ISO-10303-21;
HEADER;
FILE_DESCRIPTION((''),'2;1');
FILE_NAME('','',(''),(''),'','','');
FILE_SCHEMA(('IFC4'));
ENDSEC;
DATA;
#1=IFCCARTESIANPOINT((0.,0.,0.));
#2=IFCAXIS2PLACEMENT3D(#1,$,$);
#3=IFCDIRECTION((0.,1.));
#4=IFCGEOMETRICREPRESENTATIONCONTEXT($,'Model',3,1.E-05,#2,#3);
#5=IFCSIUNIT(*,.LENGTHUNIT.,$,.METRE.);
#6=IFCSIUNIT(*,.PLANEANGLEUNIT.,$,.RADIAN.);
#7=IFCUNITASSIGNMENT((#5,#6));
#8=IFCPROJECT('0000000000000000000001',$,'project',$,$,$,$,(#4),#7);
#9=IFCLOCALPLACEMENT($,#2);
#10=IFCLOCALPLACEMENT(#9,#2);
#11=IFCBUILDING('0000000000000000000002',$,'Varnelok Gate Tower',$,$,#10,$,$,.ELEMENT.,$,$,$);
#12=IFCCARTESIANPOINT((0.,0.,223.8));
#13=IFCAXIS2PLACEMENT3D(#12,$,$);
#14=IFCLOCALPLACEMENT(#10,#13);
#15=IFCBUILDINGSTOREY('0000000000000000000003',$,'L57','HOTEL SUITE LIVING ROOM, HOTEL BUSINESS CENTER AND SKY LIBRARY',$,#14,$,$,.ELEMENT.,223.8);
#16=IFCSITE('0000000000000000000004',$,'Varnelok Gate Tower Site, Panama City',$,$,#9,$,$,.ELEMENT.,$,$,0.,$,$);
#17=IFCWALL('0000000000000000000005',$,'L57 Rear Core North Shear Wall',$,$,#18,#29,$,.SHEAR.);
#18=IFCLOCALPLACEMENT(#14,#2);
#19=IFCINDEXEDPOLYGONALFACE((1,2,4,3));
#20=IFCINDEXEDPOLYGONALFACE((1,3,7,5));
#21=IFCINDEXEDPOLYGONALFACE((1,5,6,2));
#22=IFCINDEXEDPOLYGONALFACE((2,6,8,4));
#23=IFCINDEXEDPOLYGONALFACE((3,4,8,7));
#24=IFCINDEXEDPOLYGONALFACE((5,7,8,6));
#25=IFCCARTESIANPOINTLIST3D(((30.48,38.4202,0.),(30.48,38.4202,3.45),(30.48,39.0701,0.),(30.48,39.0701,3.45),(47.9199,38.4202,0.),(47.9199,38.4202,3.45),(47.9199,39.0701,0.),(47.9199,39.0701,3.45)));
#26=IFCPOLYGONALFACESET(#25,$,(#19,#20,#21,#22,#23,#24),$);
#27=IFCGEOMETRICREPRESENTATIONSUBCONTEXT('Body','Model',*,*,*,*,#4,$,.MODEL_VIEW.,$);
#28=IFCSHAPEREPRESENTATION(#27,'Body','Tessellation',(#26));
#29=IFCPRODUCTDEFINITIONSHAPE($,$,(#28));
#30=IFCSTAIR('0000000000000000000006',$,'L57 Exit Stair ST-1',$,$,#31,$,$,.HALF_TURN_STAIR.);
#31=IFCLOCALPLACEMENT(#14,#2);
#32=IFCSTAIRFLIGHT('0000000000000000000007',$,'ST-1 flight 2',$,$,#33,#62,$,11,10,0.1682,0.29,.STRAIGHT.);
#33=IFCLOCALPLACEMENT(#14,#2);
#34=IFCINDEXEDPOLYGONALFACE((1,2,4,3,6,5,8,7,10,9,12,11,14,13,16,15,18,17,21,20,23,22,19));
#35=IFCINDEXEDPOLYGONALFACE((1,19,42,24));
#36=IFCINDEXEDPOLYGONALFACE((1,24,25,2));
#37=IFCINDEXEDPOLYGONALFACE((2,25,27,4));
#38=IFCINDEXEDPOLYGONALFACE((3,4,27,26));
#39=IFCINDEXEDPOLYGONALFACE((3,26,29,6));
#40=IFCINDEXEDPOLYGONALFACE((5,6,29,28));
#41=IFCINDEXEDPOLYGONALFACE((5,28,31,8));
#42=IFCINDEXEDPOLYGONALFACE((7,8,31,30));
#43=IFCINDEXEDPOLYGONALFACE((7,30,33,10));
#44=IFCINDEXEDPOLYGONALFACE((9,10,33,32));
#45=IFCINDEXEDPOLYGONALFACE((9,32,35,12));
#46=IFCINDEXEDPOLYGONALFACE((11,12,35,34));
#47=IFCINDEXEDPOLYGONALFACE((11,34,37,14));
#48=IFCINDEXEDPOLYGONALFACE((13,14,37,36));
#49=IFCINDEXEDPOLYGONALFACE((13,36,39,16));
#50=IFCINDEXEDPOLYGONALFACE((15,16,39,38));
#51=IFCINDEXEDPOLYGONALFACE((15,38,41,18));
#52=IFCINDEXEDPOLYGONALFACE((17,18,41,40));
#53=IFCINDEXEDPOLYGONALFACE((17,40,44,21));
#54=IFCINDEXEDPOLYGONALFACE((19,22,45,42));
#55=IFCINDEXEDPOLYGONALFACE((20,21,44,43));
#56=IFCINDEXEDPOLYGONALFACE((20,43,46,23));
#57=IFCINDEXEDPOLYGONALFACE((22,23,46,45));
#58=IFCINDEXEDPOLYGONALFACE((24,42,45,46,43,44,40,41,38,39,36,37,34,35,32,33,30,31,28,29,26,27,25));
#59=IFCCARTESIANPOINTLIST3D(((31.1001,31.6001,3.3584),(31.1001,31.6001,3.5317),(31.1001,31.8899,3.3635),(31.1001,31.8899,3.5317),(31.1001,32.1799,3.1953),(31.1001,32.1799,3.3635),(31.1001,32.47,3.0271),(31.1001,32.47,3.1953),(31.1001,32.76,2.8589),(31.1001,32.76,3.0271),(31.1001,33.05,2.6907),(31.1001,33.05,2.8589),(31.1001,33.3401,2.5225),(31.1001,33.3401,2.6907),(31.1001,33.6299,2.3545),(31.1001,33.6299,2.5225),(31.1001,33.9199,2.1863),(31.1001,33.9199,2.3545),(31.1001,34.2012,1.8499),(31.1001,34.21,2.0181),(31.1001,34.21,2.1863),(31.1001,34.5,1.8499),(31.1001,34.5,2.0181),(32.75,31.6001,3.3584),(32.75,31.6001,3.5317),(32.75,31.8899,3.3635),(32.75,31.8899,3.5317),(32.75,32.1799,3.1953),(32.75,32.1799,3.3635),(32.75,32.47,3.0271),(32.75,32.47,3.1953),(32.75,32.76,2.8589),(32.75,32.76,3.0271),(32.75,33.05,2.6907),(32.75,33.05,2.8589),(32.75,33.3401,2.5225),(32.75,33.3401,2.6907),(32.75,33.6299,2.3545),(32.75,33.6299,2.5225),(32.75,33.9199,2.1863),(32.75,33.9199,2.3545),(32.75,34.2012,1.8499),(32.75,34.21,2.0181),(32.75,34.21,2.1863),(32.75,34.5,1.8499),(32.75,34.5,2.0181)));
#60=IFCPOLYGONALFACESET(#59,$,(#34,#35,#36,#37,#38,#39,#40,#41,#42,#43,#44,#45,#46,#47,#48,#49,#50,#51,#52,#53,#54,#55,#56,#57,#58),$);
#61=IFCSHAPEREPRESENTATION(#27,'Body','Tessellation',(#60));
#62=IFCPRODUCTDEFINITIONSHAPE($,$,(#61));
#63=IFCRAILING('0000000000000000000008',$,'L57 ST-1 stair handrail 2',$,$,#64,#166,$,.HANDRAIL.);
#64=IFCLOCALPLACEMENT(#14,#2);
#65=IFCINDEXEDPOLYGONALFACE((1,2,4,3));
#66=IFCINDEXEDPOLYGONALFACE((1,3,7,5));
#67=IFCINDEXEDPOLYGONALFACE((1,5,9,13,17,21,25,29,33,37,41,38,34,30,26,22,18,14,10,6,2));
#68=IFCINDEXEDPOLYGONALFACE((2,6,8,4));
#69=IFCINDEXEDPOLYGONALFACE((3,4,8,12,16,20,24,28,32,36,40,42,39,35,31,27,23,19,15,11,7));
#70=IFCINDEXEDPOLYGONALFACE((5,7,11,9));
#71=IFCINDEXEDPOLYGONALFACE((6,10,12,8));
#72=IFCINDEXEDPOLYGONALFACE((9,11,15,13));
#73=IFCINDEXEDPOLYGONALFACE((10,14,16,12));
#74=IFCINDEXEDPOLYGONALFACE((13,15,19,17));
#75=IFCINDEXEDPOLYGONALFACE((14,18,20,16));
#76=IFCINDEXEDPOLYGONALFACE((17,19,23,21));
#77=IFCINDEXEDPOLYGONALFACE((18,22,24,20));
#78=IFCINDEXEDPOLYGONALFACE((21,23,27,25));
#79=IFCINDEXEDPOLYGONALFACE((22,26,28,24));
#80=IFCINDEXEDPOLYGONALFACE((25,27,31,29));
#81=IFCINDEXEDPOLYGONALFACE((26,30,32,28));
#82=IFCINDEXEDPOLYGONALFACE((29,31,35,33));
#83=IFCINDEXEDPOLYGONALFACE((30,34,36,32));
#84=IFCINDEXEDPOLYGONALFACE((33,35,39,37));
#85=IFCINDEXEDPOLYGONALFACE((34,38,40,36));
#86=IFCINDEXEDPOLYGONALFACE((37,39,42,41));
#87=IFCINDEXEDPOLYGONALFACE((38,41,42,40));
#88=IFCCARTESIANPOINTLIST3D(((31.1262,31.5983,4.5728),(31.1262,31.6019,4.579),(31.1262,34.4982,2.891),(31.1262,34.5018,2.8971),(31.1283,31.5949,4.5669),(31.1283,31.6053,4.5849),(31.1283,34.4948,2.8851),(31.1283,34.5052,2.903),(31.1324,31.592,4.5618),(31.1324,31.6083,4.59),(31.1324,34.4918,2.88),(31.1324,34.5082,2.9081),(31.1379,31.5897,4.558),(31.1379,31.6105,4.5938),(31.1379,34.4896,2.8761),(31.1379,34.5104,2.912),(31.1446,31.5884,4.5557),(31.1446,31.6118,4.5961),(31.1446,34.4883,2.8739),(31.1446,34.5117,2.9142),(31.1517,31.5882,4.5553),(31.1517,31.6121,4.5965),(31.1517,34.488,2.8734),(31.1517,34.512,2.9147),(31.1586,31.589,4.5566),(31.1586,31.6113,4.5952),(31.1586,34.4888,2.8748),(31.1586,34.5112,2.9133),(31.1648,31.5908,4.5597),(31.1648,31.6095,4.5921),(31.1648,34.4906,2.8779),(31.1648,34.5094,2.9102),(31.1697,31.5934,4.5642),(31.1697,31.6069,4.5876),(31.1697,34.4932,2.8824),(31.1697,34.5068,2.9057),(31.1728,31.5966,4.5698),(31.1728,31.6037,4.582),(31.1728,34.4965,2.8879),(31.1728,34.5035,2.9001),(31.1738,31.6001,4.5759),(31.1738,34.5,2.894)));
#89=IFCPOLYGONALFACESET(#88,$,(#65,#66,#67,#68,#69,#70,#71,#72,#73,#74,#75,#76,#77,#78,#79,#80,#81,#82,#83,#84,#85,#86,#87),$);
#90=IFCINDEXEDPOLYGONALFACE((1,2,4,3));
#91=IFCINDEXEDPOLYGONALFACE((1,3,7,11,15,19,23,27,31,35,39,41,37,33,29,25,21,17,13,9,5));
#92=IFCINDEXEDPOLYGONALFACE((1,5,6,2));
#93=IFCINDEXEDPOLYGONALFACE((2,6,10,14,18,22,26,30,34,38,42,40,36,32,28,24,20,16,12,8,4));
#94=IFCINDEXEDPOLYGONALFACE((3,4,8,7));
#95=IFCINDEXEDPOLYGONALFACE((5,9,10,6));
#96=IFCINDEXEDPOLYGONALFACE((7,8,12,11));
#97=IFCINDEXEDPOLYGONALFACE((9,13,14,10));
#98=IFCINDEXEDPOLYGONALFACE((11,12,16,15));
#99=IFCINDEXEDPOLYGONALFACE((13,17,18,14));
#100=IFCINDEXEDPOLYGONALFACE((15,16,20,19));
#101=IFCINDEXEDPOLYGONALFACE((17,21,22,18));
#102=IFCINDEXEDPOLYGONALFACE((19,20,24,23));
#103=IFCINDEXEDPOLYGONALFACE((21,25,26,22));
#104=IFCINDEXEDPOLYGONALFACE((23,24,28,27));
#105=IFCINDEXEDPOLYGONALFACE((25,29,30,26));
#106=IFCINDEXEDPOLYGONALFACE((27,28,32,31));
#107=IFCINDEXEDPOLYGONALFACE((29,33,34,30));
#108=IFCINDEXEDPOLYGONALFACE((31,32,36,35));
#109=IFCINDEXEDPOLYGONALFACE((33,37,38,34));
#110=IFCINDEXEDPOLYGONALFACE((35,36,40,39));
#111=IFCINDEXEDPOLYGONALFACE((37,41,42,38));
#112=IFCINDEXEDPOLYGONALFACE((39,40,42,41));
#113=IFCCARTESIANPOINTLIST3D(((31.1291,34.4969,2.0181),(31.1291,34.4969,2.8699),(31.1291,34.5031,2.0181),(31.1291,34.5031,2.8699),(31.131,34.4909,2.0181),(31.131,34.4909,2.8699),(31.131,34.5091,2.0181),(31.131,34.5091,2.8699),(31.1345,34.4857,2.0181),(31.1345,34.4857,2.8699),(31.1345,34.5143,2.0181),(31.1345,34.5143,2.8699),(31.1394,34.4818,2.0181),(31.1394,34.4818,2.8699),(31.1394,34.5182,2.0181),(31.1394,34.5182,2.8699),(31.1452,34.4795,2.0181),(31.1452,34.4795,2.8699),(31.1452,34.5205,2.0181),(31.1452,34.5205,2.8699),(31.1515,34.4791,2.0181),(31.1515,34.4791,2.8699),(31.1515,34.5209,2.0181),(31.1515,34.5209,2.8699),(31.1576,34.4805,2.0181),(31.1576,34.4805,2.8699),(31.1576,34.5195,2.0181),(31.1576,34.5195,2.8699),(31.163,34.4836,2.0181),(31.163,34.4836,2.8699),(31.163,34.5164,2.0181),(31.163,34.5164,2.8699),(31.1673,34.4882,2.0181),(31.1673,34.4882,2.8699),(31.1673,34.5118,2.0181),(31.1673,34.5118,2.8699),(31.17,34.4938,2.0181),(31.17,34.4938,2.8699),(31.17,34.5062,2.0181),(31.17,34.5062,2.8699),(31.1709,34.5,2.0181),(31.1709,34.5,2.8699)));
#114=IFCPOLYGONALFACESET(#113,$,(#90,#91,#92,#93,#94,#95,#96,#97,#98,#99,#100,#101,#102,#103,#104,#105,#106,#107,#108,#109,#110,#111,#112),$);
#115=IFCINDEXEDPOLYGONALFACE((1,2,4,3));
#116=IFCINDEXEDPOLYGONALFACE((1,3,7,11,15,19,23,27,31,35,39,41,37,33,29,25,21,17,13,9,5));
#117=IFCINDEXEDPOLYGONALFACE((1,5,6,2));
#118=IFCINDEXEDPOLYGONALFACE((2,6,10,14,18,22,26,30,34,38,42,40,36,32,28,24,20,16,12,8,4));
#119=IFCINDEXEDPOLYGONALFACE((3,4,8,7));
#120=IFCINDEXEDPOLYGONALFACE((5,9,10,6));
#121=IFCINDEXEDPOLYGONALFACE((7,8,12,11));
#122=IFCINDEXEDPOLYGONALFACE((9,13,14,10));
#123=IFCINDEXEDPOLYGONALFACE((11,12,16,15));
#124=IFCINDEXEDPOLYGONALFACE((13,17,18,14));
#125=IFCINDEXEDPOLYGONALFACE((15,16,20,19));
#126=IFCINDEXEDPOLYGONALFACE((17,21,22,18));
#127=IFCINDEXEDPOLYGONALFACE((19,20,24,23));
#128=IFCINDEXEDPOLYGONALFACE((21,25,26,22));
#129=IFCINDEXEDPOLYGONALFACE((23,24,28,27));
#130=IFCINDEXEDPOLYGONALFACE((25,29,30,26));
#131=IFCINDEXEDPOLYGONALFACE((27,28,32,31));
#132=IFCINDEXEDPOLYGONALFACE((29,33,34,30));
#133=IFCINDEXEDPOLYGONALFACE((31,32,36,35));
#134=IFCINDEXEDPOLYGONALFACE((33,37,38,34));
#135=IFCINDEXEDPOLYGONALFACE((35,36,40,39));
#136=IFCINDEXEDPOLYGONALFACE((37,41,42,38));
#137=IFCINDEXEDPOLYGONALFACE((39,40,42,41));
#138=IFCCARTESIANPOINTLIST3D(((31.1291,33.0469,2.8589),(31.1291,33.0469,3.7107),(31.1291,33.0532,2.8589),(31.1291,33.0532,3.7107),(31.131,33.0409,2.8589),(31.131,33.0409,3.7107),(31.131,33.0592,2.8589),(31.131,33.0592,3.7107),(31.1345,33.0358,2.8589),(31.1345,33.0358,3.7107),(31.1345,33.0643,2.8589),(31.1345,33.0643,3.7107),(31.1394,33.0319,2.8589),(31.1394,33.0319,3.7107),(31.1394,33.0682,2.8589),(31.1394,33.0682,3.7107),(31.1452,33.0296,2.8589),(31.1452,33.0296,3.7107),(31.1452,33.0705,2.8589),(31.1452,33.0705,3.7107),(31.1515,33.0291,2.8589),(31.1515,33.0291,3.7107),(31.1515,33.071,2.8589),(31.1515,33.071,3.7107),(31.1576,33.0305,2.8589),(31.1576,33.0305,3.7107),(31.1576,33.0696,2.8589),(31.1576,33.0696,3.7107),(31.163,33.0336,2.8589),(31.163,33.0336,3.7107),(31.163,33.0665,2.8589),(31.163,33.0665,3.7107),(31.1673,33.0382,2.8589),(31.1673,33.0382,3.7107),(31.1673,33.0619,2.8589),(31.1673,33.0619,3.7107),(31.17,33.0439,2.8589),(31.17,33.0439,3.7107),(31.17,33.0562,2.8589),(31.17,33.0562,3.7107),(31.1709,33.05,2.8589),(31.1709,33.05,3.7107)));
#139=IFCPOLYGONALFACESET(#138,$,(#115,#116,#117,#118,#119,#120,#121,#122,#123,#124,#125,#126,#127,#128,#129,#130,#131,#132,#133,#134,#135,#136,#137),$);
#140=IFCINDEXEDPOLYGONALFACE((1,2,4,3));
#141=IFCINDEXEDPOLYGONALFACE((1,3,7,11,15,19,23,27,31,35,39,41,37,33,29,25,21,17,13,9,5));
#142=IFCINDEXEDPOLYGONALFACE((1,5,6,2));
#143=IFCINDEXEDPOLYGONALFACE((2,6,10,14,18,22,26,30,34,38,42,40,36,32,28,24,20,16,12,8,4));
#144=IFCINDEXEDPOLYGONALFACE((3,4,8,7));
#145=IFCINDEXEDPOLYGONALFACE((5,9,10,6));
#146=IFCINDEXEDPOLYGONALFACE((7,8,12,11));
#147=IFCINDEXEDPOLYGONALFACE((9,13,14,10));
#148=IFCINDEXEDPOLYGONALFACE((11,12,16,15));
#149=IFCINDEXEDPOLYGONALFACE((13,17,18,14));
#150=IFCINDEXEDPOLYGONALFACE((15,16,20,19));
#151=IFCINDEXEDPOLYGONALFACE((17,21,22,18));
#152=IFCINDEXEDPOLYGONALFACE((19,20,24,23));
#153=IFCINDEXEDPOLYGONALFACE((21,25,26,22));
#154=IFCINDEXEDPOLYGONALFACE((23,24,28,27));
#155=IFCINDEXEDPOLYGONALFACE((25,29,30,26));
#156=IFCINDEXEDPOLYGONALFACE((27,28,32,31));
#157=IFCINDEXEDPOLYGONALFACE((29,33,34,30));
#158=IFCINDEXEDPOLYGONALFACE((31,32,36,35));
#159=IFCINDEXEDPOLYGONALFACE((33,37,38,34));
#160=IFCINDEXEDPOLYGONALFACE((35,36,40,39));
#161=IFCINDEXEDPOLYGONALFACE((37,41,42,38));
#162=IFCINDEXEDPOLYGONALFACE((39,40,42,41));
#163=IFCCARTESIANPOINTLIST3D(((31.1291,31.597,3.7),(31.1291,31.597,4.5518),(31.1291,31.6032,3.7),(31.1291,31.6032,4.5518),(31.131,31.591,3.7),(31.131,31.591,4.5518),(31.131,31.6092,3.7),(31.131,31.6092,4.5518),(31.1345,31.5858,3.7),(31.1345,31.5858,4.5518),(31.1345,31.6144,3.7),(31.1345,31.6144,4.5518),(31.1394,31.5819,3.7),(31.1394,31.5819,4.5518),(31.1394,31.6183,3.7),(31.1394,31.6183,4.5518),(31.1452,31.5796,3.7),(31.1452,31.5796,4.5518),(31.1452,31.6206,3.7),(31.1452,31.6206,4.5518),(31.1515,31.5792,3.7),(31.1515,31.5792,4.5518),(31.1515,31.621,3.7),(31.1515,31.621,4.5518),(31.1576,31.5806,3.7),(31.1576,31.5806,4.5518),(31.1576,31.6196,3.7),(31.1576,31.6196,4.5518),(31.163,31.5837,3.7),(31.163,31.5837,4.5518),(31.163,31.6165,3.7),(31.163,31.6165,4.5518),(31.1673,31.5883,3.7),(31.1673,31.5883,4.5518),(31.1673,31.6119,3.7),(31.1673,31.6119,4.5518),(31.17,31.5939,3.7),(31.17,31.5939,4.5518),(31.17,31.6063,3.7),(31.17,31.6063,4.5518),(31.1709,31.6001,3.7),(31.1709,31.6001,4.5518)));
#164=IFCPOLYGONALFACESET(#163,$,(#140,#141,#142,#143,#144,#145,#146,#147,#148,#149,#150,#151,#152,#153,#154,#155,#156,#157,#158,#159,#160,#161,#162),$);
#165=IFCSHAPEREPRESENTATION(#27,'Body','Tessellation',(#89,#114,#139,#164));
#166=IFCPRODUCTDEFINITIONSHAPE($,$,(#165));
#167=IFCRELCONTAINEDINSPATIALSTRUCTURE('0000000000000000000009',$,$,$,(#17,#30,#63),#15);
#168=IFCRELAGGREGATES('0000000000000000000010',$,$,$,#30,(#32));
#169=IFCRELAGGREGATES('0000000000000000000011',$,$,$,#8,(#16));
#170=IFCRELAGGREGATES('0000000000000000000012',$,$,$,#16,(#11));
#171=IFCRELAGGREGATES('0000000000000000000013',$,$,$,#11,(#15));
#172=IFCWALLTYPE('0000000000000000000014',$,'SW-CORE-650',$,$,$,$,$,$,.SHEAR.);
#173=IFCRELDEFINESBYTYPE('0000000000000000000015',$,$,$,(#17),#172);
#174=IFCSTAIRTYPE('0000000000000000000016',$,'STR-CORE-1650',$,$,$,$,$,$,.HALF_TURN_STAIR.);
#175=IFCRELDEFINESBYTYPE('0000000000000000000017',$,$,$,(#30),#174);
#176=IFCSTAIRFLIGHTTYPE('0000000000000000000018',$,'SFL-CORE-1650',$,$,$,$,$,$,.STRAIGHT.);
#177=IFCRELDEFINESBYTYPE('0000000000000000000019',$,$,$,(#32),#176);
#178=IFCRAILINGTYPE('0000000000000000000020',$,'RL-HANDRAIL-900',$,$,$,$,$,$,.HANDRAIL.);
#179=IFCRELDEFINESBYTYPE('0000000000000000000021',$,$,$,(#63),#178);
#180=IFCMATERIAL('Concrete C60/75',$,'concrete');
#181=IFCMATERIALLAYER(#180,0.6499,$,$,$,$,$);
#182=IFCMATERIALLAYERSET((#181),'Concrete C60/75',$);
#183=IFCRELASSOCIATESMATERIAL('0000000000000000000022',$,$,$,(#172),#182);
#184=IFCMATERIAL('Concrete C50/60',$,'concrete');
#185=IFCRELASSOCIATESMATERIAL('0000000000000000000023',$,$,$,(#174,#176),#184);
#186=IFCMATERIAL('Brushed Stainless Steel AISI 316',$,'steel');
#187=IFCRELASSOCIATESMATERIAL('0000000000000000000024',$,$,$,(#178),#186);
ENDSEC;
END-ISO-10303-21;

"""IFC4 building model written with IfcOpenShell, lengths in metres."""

from ifc_helpers import new_model, si_unit, direction, frame, frame_2d, origin, origin_2d, place, context, subcontext, project, spatial, polyline, rectangle, circle, outline, extrude, material, layer, layer_set, type_object, element, aggregate, save


model = new_model("IFC4")

# Units and contexts
model_context = context("Model", 3, precision=1e-05, world=origin(), true_north=direction((0.0, 1.0)))
body_context = subcontext(model_context, "Body", "Model", "MODEL_VIEW")
ifc_project = project(units=[si_unit("LENGTHUNIT", "METRE"), si_unit("PLANEANGLEUNIT", "RADIAN")], contexts=[model_context])

# Site, building, storey
site_placement = place(None, origin())
site = spatial("IfcSite", under=ifc_project, at=site_placement, Name="Varnelok Gate Tower Site, Panama City", CompositionType="ELEMENT", RefElevation=0.0)
building_placement = place(site_placement, origin())
building = spatial("IfcBuilding", under=site, at=building_placement, Name="Varnelok Gate Tower", CompositionType="ELEMENT")
storey_placement = place(building_placement, frame((0.0, 0.0, 223.8)))
storey = spatial("IfcBuildingStorey", under=building, at=storey_placement, Name="L57", Description="HOTEL SUITE LIVING ROOM, HOTEL BUSINESS CENTER AND SKY LIBRARY", CompositionType="ELEMENT", Elevation=223.8)

# Shared definitions
ifc_material_1 = material(Name="Concrete C60/75", Category="concrete")

# Wall
ifc_layer_1 = layer(ifc_material_1, 0.6499)
ifc_layer_set_1 = layer_set([ifc_layer_1], Name="Concrete C60/75")
wall_type_1 = type_object("IfcWallType", Name="SW-CORE-650", PredefinedType="SHEAR", material=ifc_layer_set_1)
wall_1_placement = place(storey_placement, frame((30.48, 38.7451, 0.0), z_axis=(0.0, 0.0, 1.0), x_axis=(1.0, 0.0, 0.0)))
element("IfcWall", 1, at=wall_1_placement, inside=storey, type_object=wall_type_1, Name="L57 Rear Core North Shear Wall", PredefinedType="SHEAR", context=body_context, shape_type="SweptSolid", body=[
    extrude(rectangle(XDim=17.4399, YDim=0.6499, at=frame_2d((8.72, 0.0))), origin(), (0.0, 0.0, 1.0), 3.45),
])

# Stair, stair flight
ifc_material_2 = material(Name="Concrete C50/60", Category="concrete")
stair_type = type_object("IfcStairType", Name="STR-CORE-1650", PredefinedType="HALF_TURN_STAIR", material=ifc_material_2)
stair_placement = place(storey_placement, origin())
stair = element("IfcStair", 2, at=stair_placement, inside=storey, type_object=stair_type, Name="L57 Exit Stair ST-1", PredefinedType="HALF_TURN_STAIR")
stair_flight_type = type_object("IfcStairFlightType", Name="SFL-CORE-1650", PredefinedType="STRAIGHT", material=ifc_material_2)
stair_flight_placement = place(storey_placement, frame((31.925, 34.5, 1.8499), z_axis=(0.0, 0.0, 1.0), x_axis=(0.0, -1.0, 0.0)))
stair_flight = element("IfcStairFlight", 3, at=stair_flight_placement, type_object=stair_flight_type, Name="ST-1 flight 2", NumberOfRisers=11, NumberOfTreads=10, PredefinedType="STRAIGHT", RiserHeight=0.1682, TreadLength=0.29, context=body_context, shape_type="SweptSolid", body=[
    extrude(outline(polyline([(0.0, 0.0), (0.0, 0.1682), (0.29, 0.1682), (0.29, 0.3364), (0.5801, 0.3364), (0.5801, 0.5046), (0.8701, 0.5046), (0.8701, 0.6726), (1.1599, 0.6726), (1.1599, 0.8408), (1.45, 0.8408), (1.45, 1.009), (1.74, 1.009), (1.74, 1.1772), (2.03, 1.1772), (2.03, 1.3455), (2.3201, 1.3455), (2.3201, 1.5137), (2.6101, 1.5137), (2.6101, 1.6819), (2.8999, 1.6819), (2.8999, 1.8501), (2.8999, 1.5085), (0.2988, 0.0), (0.0, 0.0)])), frame((0.0, 0.825, 0.0), z_axis=(0.0, -1.0, 0.0), x_axis=(1.0, 0.0, 0.0)), (0.0, 0.0, 1.0), 1.6499),
])
aggregate(stair, [stair_flight])

# Railing
ifc_material_3 = material(Name="Brushed Stainless Steel AISI 316", Category="steel")
railing_type_1 = type_object("IfcRailingType", Name="RL-HANDRAIL-900", PredefinedType="HANDRAIL", material=ifc_material_3)
railing_1_placement = place(storey_placement, frame((31.1499, 34.5, 2.0181)))
element("IfcRailing", 4, at=railing_1_placement, inside=storey, type_object=railing_type_1, Name="L57 ST-1 stair handrail 2", PredefinedType="HANDRAIL", context=body_context, shape_type="SweptSolid", body=[
    extrude(circle(Radius=0.0239, at=origin_2d()), frame((0.0, 0.0, 0.876), z_axis=(0.0, -0.865039, 0.501705), x_axis=(1.0, 0.0, 0.0)), (0.0, 0.0, 1.0), 3.3523),
    extrude(circle(Radius=0.021, at=origin_2d()), origin(), (0.0, 0.0, 1.0), 0.8518),
    extrude(circle(Radius=0.021, at=origin_2d()), frame((0.0, -1.45, 0.8408)), (0.0, 0.0, 1.0), 0.8518),
    extrude(circle(Radius=0.021, at=origin_2d()), frame((0.0, -2.8999, 1.6819)), (0.0, 0.0, 1.0), 0.8518),
])

save(model, "model.ifc")
